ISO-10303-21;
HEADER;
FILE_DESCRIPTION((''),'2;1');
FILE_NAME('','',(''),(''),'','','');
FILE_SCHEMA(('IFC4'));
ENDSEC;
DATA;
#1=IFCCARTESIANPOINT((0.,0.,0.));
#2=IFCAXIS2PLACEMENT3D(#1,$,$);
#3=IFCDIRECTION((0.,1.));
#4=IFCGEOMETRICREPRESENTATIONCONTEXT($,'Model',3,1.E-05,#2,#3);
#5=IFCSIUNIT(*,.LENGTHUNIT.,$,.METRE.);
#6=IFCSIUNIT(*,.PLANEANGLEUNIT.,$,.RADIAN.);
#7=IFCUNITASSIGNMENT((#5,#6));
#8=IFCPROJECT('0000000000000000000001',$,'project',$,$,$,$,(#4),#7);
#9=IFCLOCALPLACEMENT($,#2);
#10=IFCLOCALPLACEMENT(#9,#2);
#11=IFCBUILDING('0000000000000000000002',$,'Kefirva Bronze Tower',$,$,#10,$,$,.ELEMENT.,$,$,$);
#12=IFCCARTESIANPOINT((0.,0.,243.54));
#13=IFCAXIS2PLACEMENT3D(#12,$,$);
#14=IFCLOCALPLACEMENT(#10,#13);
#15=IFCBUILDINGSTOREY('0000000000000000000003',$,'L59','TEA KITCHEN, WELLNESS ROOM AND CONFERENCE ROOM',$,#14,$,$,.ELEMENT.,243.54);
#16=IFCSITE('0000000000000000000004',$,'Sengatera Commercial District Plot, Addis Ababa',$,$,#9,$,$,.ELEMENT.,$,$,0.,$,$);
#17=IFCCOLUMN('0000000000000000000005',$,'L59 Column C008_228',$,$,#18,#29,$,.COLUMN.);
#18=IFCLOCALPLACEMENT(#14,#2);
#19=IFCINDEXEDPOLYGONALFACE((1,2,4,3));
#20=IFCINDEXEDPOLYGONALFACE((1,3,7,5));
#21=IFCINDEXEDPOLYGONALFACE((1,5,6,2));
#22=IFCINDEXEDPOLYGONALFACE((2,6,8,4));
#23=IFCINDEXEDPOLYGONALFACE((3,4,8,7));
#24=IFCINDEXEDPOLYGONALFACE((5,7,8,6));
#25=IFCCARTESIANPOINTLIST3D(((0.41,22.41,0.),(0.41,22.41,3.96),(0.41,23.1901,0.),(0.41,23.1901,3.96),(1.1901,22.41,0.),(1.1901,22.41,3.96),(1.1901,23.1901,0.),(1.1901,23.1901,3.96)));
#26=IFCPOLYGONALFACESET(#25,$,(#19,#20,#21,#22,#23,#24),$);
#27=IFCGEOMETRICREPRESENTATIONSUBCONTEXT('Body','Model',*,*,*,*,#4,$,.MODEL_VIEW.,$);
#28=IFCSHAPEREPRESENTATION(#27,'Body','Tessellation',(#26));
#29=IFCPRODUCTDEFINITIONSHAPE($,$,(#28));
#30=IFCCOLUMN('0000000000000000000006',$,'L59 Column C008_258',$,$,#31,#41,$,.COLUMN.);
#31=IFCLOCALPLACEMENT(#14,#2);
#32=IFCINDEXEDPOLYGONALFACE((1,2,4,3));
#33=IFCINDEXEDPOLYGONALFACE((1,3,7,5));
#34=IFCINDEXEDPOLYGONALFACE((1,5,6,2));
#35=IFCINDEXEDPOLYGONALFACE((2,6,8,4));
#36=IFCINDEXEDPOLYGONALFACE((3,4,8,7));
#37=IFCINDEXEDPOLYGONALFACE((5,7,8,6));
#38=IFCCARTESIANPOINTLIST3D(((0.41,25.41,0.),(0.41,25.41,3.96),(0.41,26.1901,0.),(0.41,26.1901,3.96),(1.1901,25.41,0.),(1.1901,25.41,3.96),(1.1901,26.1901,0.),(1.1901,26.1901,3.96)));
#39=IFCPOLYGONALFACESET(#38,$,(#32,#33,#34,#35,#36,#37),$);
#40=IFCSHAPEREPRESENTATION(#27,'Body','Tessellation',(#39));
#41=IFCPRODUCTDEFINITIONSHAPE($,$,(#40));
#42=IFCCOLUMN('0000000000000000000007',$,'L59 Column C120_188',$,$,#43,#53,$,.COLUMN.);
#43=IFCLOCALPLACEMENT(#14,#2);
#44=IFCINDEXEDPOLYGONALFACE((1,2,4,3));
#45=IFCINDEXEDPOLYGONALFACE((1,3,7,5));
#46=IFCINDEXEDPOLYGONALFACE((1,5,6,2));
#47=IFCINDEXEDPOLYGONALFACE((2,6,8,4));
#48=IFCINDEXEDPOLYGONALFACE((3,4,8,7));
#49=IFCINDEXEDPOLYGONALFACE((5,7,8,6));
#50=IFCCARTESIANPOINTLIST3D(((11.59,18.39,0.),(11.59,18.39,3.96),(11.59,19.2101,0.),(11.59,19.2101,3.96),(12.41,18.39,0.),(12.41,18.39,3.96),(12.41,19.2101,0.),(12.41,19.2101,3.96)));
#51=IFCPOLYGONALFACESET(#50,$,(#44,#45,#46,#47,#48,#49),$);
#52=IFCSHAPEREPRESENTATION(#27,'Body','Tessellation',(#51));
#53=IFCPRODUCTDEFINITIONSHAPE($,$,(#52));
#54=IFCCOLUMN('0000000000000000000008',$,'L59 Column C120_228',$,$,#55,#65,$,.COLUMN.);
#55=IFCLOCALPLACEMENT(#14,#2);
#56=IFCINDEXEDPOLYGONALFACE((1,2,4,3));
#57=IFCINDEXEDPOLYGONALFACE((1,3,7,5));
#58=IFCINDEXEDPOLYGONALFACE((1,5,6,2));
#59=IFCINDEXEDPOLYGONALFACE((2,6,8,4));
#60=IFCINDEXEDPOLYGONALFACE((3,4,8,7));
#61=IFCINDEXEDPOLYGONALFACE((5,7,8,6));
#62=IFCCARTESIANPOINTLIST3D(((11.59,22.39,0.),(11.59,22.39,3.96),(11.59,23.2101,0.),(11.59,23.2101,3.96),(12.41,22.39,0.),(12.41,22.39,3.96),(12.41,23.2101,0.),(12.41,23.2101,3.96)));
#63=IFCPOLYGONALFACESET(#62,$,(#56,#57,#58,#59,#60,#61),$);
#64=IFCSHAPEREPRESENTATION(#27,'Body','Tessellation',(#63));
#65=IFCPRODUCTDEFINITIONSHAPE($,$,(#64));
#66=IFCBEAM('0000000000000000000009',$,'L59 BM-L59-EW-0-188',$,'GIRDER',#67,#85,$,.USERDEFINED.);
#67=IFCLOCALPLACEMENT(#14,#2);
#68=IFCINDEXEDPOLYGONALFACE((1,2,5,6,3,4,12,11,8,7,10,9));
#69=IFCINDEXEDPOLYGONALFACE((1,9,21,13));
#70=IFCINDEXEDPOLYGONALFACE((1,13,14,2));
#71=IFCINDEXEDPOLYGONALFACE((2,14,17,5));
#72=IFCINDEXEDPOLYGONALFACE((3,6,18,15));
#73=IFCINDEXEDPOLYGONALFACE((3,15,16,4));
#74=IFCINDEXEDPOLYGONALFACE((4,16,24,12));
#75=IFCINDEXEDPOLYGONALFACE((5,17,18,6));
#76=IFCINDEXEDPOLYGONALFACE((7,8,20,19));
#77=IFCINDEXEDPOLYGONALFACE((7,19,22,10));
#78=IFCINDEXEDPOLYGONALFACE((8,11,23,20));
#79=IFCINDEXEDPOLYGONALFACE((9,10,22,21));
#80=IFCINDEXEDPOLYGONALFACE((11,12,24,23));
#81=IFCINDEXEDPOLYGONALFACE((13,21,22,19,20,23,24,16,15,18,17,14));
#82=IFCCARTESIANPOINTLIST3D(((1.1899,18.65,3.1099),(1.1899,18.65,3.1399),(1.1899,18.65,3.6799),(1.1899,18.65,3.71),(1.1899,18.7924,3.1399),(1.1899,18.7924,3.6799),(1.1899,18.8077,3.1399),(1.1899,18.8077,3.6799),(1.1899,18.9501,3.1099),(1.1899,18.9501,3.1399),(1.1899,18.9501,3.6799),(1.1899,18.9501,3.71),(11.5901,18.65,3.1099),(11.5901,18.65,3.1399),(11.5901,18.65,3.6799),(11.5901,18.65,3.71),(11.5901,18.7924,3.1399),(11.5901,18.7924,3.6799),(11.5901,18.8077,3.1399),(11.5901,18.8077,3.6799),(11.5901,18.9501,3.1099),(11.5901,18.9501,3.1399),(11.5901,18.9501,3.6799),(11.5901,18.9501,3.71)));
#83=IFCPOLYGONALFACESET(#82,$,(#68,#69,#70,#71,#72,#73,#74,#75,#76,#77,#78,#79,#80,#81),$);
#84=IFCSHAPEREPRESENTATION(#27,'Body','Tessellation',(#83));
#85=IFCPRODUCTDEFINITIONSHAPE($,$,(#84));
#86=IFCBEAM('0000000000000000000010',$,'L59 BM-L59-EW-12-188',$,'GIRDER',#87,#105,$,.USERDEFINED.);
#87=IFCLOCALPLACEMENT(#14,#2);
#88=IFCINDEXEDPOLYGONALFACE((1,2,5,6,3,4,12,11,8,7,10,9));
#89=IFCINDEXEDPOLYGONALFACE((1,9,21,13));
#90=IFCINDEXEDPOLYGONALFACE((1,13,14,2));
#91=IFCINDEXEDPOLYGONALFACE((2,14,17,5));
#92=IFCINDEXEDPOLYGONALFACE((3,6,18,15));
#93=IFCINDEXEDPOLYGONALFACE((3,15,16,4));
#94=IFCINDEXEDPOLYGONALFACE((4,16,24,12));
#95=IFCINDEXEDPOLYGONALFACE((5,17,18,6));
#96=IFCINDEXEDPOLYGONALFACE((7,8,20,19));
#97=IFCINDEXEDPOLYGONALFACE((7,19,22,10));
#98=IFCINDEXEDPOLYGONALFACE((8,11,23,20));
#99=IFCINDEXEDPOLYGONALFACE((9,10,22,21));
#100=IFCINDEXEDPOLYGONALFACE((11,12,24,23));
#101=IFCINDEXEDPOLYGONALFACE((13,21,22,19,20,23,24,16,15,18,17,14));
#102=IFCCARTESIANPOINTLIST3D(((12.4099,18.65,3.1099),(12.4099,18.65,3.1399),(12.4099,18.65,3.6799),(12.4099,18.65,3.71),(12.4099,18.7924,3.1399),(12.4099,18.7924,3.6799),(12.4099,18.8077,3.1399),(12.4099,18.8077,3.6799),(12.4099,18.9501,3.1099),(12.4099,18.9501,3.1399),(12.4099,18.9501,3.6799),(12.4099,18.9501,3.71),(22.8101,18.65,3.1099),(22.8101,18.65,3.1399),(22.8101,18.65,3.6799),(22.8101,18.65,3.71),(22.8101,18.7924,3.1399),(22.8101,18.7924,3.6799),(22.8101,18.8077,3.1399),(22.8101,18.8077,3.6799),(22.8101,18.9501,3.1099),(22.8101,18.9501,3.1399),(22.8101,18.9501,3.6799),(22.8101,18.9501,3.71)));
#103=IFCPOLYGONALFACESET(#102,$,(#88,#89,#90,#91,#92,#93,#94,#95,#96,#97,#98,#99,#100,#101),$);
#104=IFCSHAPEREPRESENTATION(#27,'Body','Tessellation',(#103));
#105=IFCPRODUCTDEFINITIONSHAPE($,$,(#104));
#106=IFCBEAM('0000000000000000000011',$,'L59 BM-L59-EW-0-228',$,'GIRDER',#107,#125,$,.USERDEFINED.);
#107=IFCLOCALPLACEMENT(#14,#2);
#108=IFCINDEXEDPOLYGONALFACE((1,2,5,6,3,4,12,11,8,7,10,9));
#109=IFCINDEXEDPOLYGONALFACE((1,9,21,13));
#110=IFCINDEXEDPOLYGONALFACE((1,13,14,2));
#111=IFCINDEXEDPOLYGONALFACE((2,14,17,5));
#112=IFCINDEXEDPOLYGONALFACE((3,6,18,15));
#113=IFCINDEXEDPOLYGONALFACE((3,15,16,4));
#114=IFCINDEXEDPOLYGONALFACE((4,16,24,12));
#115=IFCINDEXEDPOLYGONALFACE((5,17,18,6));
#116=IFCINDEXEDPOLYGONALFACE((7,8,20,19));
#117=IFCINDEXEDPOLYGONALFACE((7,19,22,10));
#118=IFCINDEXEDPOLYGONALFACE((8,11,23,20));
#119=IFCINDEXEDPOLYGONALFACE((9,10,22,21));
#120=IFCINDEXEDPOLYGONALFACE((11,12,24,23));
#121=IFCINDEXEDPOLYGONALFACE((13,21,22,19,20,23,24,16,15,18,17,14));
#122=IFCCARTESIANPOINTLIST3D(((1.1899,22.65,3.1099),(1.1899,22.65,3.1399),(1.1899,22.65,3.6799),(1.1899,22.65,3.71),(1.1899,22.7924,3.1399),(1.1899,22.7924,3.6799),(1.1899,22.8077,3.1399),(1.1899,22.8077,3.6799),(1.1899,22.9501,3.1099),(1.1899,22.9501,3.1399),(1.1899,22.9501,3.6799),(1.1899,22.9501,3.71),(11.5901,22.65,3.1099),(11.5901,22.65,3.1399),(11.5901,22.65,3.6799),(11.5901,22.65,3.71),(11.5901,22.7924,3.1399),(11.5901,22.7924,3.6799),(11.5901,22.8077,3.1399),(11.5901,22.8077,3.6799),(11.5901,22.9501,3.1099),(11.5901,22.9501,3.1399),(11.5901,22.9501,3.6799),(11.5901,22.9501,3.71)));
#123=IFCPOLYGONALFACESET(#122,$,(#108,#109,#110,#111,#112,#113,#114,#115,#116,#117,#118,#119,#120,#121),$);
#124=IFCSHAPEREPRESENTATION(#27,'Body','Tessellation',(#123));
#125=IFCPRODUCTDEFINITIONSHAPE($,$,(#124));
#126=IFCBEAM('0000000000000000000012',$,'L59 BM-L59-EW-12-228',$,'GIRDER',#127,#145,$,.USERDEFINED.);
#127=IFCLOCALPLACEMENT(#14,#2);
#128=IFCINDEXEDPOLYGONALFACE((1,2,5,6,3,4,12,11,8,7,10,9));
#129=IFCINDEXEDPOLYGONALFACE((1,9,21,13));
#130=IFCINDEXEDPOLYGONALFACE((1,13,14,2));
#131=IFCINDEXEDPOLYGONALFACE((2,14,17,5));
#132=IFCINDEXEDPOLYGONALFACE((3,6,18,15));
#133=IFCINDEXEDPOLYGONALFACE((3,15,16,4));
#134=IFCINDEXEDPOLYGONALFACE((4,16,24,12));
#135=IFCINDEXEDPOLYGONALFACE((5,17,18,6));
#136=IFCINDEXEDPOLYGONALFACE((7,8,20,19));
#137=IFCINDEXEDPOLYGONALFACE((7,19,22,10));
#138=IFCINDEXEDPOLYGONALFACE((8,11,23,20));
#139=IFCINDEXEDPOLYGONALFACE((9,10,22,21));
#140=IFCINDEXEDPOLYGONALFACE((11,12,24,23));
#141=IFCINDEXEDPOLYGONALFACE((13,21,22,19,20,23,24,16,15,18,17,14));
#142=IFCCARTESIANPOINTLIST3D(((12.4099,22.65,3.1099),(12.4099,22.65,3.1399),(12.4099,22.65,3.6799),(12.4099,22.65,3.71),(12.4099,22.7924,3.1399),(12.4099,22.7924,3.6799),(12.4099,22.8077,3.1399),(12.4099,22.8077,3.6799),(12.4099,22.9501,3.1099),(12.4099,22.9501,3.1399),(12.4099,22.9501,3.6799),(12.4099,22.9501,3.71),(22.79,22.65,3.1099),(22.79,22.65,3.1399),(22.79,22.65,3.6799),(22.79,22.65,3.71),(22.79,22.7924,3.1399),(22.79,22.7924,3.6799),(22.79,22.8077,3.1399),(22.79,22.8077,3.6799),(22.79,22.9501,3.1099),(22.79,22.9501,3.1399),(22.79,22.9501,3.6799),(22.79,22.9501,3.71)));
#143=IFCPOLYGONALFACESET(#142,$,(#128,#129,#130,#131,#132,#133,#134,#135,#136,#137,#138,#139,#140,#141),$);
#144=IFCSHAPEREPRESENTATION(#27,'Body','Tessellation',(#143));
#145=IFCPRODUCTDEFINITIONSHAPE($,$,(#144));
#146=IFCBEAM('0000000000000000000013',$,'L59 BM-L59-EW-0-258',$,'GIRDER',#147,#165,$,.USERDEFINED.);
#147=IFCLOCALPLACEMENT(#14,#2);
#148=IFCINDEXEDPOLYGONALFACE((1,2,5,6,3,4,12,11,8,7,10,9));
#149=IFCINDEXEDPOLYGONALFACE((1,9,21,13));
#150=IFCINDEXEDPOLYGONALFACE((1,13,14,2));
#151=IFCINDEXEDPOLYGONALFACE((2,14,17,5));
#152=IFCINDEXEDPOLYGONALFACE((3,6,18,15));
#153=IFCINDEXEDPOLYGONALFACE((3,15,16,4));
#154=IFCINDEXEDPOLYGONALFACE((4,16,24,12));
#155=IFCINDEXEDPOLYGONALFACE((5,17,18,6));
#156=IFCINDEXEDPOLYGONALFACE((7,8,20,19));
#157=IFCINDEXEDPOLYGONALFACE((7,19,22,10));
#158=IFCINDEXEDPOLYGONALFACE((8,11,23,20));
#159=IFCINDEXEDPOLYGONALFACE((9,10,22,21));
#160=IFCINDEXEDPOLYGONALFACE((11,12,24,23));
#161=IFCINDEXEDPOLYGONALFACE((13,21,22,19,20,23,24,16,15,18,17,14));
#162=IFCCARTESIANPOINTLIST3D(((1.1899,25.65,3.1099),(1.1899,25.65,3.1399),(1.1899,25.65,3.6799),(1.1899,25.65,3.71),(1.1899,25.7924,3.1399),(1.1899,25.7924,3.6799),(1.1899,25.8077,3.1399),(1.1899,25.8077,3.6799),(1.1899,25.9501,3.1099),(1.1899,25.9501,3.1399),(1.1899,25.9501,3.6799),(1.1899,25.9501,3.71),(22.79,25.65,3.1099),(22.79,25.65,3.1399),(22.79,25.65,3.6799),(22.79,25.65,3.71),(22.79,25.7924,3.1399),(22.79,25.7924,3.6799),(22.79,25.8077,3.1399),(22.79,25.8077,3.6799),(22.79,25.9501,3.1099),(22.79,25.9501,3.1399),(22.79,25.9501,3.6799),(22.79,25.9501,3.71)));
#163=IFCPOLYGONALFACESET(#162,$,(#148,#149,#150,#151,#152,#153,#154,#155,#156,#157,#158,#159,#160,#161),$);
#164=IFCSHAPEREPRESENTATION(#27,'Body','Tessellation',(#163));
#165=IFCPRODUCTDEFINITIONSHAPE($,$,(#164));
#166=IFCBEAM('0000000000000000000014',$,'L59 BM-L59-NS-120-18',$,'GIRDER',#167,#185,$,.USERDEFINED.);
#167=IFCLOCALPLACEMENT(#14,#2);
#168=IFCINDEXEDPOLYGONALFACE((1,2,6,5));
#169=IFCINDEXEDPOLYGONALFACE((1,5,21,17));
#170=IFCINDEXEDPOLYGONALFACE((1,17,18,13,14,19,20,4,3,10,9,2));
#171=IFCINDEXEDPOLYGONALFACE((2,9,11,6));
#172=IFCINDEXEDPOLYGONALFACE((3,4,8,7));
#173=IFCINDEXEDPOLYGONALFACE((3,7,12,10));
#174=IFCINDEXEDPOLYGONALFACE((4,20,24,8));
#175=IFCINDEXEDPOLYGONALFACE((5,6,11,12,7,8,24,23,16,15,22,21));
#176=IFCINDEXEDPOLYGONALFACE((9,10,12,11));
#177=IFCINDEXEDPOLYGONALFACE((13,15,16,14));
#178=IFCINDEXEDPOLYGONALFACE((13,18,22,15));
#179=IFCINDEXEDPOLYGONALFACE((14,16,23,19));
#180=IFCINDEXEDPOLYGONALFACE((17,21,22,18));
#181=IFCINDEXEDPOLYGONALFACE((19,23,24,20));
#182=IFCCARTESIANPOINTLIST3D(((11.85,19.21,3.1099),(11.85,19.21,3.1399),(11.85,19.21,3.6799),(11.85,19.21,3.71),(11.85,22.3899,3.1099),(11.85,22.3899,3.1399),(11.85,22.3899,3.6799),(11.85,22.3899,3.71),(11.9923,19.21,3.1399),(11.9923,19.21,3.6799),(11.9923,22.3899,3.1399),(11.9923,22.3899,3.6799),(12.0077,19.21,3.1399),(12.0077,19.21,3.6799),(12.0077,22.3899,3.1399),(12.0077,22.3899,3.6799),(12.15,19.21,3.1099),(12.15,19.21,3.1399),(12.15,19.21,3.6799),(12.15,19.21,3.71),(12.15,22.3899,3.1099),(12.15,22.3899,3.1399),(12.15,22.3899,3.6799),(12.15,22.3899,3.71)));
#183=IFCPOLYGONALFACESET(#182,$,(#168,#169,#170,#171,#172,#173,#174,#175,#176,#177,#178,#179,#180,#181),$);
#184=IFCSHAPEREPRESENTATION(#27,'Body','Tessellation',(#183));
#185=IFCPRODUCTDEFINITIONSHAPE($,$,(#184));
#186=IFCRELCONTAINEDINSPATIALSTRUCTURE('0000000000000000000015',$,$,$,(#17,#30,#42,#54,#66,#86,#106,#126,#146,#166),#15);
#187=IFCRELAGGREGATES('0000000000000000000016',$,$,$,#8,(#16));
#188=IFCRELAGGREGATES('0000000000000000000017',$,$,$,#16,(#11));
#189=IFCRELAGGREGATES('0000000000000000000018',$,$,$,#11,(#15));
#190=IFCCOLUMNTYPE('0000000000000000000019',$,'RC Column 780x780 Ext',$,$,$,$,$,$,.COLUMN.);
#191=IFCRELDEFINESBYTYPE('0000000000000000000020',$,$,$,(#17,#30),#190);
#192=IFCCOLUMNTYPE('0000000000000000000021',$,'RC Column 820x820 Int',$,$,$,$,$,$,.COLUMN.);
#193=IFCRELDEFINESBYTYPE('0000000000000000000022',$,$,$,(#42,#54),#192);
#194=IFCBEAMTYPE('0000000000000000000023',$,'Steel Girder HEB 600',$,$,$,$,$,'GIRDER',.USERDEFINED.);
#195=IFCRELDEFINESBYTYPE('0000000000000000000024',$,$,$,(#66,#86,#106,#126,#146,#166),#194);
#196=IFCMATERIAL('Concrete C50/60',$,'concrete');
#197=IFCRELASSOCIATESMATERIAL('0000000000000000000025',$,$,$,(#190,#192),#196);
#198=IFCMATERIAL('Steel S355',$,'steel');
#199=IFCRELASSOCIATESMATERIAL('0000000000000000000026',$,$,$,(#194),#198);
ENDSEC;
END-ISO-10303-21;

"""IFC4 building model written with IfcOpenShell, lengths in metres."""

from ifc_helpers import new_model, si_unit, direction, frame, origin, origin_2d, place, context, subcontext, project, spatial, rectangle, i_section, extrude, material, material_profile, profile_set, type_object, element, save


model = new_model("IFC4")

# Units and contexts
model_context = context("Model", 3, precision=1e-05, world=origin(), true_north=direction((0.0, 1.0)))
body_context = subcontext(model_context, "Body", "Model", "MODEL_VIEW")
ifc_project = project(units=[si_unit("LENGTHUNIT", "METRE"), si_unit("PLANEANGLEUNIT", "RADIAN")], contexts=[model_context])

# Site, building, storey
site_placement = place(None, origin())
site = spatial("IfcSite", under=ifc_project, at=site_placement, Name="Sengatera Commercial District Plot, Addis Ababa", CompositionType="ELEMENT", RefElevation=0.0)
building_placement = place(site_placement, origin())
building = spatial("IfcBuilding", under=site, at=building_placement, Name="Kefirva Bronze Tower", CompositionType="ELEMENT")
storey_placement = place(building_placement, frame((0.0, 0.0, 243.54)))
storey = spatial("IfcBuildingStorey", under=building, at=storey_placement, Name="L59", Description="TEA KITCHEN, WELLNESS ROOM AND CONFERENCE ROOM", CompositionType="ELEMENT", Elevation=243.54)

# Columns
ifc_material_1 = material(Name="Concrete C50/60", Category="concrete")
ifc_material_profile_1 = material_profile(ifc_material_1, rectangle(XDim=0.78, YDim=0.78, at=origin_2d()), Name="RC 780x780")
ifc_profile_set_1 = profile_set([ifc_material_profile_1], Name="Concrete C50/60")
column_type_1 = type_object("IfcColumnType", Name="RC Column 780x780 Ext", PredefinedType="COLUMN", material=ifc_profile_set_1)
for number, where, z_axis, x_axis, name in (
    (1, (0.8, 22.8, 0.0), (0.0, 0.0, 1.0), (1.0, 0.0, 0.0), "L59 Column C008_228"),
    (2, (0.8, 25.8, 0.0), (0.0, 0.0, 1.0), (1.0, 0.0, 0.0), "L59 Column C008_258"),
):
    element("IfcColumn", number, at=place(storey_placement, frame(where, z_axis=z_axis, x_axis=x_axis)), inside=storey, type_object=column_type_1, Name=name, PredefinedType="COLUMN", context=body_context, shape_type="SweptSolid", body=[
        extrude(rectangle(XDim=0.78, YDim=0.78, at=origin_2d()), origin(), (0.0, 0.0, 1.0), 3.96),
    ])
ifc_material_profile_2 = material_profile(ifc_material_1, rectangle(XDim=0.8201, YDim=0.8201, at=origin_2d()), Name="RC 820x820")
ifc_profile_set_2 = profile_set([ifc_material_profile_2], Name="Concrete C50/60")
column_type_2 = type_object("IfcColumnType", Name="RC Column 820x820 Int", PredefinedType="COLUMN", material=ifc_profile_set_2)
for number, where, z_axis, x_axis, name in (
    (3, (12.0, 18.8, 0.0), (0.0, 0.0, 1.0), (1.0, 0.0, 0.0), "L59 Column C120_188"),
    (4, (12.0, 22.8, 0.0), (0.0, 0.0, 1.0), (1.0, 0.0, 0.0), "L59 Column C120_228"),
):
    element("IfcColumn", number, at=place(storey_placement, frame(where, z_axis=z_axis, x_axis=x_axis)), inside=storey, type_object=column_type_2, Name=name, PredefinedType="COLUMN", context=body_context, shape_type="SweptSolid", body=[
        extrude(rectangle(XDim=0.8201, YDim=0.8201, at=origin_2d()), origin(), (0.0, 0.0, 1.0), 3.96),
    ])

# Beams
ifc_material_2 = material(Name="Steel S355", Category="steel")
ifc_material_profile_3 = material_profile(ifc_material_2, i_section(OverallWidth=0.3, OverallDepth=0.6001, WebThickness=0.0154, FlangeThickness=0.03, at=origin_2d()), Name="HEB 600")
ifc_profile_set_3 = profile_set([ifc_material_profile_3], Name="Steel S355")
beam_type_1 = type_object("IfcBeamType", Name="Steel Girder HEB 600", ElementType="GIRDER", PredefinedType="USERDEFINED", material=ifc_profile_set_3)
for number, where, z_axis, x_axis, name in (
    (5, (1.1899, 18.8, 3.4099), (1.0, 0.0, 0.0), (0.0, 1.0, 0.0), "L59 BM-L59-EW-0-188"),
    (6, (12.4099, 18.8, 3.4099), (1.0, 0.0, 0.0), (0.0, 1.0, 0.0), "L59 BM-L59-EW-12-188"),
    (7, (1.1899, 22.8, 3.4099), (1.0, 0.0, 0.0), (0.0, 1.0, 0.0), "L59 BM-L59-EW-0-228"),
):
    element("IfcBeam", number, at=place(storey_placement, frame(where, z_axis=z_axis, x_axis=x_axis)), inside=storey, type_object=beam_type_1, Name=name, ObjectType="GIRDER", PredefinedType="USERDEFINED", context=body_context, shape_type="SweptSolid", body=[
        extrude(i_section(OverallWidth=0.3, OverallDepth=0.6001, WebThickness=0.0154, FlangeThickness=0.03, at=origin_2d()), origin(), (0.0, 0.0, 1.0), 10.4001),
    ])
beam_1_placement = place(storey_placement, frame((12.4099, 22.8, 3.4099), z_axis=(1.0, 0.0, 0.0), x_axis=(0.0, 1.0, 0.0)))
element("IfcBeam", 8, at=beam_1_placement, inside=storey, type_object=beam_type_1, Name="L59 BM-L59-EW-12-228", ObjectType="GIRDER", PredefinedType="USERDEFINED", context=body_context, shape_type="SweptSolid", body=[
    extrude(i_section(OverallWidth=0.3, OverallDepth=0.6001, WebThickness=0.0154, FlangeThickness=0.03, at=origin_2d()), origin(), (0.0, 0.0, 1.0), 10.3801),
])
beam_2_placement = place(storey_placement, frame((1.1899, 25.8, 3.4099), z_axis=(1.0, 0.0, 0.0), x_axis=(0.0, 1.0, 0.0)))
element("IfcBeam", 9, at=beam_2_placement, inside=storey, type_object=beam_type_1, Name="L59 BM-L59-EW-0-258", ObjectType="GIRDER", PredefinedType="USERDEFINED", context=body_context, shape_type="SweptSolid", body=[
    extrude(i_section(OverallWidth=0.3, OverallDepth=0.6001, WebThickness=0.0154, FlangeThickness=0.03, at=origin_2d()), origin(), (0.0, 0.0, 1.0), 21.6001),
])
beam_3_placement = place(storey_placement, frame((12.0, 19.21, 3.4099), z_axis=(0.0, 1.0, 0.0), x_axis=(-1.0, 0.0, 0.0)))
element("IfcBeam", 10, at=beam_3_placement, inside=storey, type_object=beam_type_1, Name="L59 BM-L59-NS-120-18", ObjectType="GIRDER", PredefinedType="USERDEFINED", context=body_context, shape_type="SweptSolid", body=[
    extrude(i_section(OverallWidth=0.3, OverallDepth=0.6001, WebThickness=0.0154, FlangeThickness=0.03, at=origin_2d()), origin(), (0.0, 0.0, 1.0), 3.1799),
])

save(model, "model.ifc")
